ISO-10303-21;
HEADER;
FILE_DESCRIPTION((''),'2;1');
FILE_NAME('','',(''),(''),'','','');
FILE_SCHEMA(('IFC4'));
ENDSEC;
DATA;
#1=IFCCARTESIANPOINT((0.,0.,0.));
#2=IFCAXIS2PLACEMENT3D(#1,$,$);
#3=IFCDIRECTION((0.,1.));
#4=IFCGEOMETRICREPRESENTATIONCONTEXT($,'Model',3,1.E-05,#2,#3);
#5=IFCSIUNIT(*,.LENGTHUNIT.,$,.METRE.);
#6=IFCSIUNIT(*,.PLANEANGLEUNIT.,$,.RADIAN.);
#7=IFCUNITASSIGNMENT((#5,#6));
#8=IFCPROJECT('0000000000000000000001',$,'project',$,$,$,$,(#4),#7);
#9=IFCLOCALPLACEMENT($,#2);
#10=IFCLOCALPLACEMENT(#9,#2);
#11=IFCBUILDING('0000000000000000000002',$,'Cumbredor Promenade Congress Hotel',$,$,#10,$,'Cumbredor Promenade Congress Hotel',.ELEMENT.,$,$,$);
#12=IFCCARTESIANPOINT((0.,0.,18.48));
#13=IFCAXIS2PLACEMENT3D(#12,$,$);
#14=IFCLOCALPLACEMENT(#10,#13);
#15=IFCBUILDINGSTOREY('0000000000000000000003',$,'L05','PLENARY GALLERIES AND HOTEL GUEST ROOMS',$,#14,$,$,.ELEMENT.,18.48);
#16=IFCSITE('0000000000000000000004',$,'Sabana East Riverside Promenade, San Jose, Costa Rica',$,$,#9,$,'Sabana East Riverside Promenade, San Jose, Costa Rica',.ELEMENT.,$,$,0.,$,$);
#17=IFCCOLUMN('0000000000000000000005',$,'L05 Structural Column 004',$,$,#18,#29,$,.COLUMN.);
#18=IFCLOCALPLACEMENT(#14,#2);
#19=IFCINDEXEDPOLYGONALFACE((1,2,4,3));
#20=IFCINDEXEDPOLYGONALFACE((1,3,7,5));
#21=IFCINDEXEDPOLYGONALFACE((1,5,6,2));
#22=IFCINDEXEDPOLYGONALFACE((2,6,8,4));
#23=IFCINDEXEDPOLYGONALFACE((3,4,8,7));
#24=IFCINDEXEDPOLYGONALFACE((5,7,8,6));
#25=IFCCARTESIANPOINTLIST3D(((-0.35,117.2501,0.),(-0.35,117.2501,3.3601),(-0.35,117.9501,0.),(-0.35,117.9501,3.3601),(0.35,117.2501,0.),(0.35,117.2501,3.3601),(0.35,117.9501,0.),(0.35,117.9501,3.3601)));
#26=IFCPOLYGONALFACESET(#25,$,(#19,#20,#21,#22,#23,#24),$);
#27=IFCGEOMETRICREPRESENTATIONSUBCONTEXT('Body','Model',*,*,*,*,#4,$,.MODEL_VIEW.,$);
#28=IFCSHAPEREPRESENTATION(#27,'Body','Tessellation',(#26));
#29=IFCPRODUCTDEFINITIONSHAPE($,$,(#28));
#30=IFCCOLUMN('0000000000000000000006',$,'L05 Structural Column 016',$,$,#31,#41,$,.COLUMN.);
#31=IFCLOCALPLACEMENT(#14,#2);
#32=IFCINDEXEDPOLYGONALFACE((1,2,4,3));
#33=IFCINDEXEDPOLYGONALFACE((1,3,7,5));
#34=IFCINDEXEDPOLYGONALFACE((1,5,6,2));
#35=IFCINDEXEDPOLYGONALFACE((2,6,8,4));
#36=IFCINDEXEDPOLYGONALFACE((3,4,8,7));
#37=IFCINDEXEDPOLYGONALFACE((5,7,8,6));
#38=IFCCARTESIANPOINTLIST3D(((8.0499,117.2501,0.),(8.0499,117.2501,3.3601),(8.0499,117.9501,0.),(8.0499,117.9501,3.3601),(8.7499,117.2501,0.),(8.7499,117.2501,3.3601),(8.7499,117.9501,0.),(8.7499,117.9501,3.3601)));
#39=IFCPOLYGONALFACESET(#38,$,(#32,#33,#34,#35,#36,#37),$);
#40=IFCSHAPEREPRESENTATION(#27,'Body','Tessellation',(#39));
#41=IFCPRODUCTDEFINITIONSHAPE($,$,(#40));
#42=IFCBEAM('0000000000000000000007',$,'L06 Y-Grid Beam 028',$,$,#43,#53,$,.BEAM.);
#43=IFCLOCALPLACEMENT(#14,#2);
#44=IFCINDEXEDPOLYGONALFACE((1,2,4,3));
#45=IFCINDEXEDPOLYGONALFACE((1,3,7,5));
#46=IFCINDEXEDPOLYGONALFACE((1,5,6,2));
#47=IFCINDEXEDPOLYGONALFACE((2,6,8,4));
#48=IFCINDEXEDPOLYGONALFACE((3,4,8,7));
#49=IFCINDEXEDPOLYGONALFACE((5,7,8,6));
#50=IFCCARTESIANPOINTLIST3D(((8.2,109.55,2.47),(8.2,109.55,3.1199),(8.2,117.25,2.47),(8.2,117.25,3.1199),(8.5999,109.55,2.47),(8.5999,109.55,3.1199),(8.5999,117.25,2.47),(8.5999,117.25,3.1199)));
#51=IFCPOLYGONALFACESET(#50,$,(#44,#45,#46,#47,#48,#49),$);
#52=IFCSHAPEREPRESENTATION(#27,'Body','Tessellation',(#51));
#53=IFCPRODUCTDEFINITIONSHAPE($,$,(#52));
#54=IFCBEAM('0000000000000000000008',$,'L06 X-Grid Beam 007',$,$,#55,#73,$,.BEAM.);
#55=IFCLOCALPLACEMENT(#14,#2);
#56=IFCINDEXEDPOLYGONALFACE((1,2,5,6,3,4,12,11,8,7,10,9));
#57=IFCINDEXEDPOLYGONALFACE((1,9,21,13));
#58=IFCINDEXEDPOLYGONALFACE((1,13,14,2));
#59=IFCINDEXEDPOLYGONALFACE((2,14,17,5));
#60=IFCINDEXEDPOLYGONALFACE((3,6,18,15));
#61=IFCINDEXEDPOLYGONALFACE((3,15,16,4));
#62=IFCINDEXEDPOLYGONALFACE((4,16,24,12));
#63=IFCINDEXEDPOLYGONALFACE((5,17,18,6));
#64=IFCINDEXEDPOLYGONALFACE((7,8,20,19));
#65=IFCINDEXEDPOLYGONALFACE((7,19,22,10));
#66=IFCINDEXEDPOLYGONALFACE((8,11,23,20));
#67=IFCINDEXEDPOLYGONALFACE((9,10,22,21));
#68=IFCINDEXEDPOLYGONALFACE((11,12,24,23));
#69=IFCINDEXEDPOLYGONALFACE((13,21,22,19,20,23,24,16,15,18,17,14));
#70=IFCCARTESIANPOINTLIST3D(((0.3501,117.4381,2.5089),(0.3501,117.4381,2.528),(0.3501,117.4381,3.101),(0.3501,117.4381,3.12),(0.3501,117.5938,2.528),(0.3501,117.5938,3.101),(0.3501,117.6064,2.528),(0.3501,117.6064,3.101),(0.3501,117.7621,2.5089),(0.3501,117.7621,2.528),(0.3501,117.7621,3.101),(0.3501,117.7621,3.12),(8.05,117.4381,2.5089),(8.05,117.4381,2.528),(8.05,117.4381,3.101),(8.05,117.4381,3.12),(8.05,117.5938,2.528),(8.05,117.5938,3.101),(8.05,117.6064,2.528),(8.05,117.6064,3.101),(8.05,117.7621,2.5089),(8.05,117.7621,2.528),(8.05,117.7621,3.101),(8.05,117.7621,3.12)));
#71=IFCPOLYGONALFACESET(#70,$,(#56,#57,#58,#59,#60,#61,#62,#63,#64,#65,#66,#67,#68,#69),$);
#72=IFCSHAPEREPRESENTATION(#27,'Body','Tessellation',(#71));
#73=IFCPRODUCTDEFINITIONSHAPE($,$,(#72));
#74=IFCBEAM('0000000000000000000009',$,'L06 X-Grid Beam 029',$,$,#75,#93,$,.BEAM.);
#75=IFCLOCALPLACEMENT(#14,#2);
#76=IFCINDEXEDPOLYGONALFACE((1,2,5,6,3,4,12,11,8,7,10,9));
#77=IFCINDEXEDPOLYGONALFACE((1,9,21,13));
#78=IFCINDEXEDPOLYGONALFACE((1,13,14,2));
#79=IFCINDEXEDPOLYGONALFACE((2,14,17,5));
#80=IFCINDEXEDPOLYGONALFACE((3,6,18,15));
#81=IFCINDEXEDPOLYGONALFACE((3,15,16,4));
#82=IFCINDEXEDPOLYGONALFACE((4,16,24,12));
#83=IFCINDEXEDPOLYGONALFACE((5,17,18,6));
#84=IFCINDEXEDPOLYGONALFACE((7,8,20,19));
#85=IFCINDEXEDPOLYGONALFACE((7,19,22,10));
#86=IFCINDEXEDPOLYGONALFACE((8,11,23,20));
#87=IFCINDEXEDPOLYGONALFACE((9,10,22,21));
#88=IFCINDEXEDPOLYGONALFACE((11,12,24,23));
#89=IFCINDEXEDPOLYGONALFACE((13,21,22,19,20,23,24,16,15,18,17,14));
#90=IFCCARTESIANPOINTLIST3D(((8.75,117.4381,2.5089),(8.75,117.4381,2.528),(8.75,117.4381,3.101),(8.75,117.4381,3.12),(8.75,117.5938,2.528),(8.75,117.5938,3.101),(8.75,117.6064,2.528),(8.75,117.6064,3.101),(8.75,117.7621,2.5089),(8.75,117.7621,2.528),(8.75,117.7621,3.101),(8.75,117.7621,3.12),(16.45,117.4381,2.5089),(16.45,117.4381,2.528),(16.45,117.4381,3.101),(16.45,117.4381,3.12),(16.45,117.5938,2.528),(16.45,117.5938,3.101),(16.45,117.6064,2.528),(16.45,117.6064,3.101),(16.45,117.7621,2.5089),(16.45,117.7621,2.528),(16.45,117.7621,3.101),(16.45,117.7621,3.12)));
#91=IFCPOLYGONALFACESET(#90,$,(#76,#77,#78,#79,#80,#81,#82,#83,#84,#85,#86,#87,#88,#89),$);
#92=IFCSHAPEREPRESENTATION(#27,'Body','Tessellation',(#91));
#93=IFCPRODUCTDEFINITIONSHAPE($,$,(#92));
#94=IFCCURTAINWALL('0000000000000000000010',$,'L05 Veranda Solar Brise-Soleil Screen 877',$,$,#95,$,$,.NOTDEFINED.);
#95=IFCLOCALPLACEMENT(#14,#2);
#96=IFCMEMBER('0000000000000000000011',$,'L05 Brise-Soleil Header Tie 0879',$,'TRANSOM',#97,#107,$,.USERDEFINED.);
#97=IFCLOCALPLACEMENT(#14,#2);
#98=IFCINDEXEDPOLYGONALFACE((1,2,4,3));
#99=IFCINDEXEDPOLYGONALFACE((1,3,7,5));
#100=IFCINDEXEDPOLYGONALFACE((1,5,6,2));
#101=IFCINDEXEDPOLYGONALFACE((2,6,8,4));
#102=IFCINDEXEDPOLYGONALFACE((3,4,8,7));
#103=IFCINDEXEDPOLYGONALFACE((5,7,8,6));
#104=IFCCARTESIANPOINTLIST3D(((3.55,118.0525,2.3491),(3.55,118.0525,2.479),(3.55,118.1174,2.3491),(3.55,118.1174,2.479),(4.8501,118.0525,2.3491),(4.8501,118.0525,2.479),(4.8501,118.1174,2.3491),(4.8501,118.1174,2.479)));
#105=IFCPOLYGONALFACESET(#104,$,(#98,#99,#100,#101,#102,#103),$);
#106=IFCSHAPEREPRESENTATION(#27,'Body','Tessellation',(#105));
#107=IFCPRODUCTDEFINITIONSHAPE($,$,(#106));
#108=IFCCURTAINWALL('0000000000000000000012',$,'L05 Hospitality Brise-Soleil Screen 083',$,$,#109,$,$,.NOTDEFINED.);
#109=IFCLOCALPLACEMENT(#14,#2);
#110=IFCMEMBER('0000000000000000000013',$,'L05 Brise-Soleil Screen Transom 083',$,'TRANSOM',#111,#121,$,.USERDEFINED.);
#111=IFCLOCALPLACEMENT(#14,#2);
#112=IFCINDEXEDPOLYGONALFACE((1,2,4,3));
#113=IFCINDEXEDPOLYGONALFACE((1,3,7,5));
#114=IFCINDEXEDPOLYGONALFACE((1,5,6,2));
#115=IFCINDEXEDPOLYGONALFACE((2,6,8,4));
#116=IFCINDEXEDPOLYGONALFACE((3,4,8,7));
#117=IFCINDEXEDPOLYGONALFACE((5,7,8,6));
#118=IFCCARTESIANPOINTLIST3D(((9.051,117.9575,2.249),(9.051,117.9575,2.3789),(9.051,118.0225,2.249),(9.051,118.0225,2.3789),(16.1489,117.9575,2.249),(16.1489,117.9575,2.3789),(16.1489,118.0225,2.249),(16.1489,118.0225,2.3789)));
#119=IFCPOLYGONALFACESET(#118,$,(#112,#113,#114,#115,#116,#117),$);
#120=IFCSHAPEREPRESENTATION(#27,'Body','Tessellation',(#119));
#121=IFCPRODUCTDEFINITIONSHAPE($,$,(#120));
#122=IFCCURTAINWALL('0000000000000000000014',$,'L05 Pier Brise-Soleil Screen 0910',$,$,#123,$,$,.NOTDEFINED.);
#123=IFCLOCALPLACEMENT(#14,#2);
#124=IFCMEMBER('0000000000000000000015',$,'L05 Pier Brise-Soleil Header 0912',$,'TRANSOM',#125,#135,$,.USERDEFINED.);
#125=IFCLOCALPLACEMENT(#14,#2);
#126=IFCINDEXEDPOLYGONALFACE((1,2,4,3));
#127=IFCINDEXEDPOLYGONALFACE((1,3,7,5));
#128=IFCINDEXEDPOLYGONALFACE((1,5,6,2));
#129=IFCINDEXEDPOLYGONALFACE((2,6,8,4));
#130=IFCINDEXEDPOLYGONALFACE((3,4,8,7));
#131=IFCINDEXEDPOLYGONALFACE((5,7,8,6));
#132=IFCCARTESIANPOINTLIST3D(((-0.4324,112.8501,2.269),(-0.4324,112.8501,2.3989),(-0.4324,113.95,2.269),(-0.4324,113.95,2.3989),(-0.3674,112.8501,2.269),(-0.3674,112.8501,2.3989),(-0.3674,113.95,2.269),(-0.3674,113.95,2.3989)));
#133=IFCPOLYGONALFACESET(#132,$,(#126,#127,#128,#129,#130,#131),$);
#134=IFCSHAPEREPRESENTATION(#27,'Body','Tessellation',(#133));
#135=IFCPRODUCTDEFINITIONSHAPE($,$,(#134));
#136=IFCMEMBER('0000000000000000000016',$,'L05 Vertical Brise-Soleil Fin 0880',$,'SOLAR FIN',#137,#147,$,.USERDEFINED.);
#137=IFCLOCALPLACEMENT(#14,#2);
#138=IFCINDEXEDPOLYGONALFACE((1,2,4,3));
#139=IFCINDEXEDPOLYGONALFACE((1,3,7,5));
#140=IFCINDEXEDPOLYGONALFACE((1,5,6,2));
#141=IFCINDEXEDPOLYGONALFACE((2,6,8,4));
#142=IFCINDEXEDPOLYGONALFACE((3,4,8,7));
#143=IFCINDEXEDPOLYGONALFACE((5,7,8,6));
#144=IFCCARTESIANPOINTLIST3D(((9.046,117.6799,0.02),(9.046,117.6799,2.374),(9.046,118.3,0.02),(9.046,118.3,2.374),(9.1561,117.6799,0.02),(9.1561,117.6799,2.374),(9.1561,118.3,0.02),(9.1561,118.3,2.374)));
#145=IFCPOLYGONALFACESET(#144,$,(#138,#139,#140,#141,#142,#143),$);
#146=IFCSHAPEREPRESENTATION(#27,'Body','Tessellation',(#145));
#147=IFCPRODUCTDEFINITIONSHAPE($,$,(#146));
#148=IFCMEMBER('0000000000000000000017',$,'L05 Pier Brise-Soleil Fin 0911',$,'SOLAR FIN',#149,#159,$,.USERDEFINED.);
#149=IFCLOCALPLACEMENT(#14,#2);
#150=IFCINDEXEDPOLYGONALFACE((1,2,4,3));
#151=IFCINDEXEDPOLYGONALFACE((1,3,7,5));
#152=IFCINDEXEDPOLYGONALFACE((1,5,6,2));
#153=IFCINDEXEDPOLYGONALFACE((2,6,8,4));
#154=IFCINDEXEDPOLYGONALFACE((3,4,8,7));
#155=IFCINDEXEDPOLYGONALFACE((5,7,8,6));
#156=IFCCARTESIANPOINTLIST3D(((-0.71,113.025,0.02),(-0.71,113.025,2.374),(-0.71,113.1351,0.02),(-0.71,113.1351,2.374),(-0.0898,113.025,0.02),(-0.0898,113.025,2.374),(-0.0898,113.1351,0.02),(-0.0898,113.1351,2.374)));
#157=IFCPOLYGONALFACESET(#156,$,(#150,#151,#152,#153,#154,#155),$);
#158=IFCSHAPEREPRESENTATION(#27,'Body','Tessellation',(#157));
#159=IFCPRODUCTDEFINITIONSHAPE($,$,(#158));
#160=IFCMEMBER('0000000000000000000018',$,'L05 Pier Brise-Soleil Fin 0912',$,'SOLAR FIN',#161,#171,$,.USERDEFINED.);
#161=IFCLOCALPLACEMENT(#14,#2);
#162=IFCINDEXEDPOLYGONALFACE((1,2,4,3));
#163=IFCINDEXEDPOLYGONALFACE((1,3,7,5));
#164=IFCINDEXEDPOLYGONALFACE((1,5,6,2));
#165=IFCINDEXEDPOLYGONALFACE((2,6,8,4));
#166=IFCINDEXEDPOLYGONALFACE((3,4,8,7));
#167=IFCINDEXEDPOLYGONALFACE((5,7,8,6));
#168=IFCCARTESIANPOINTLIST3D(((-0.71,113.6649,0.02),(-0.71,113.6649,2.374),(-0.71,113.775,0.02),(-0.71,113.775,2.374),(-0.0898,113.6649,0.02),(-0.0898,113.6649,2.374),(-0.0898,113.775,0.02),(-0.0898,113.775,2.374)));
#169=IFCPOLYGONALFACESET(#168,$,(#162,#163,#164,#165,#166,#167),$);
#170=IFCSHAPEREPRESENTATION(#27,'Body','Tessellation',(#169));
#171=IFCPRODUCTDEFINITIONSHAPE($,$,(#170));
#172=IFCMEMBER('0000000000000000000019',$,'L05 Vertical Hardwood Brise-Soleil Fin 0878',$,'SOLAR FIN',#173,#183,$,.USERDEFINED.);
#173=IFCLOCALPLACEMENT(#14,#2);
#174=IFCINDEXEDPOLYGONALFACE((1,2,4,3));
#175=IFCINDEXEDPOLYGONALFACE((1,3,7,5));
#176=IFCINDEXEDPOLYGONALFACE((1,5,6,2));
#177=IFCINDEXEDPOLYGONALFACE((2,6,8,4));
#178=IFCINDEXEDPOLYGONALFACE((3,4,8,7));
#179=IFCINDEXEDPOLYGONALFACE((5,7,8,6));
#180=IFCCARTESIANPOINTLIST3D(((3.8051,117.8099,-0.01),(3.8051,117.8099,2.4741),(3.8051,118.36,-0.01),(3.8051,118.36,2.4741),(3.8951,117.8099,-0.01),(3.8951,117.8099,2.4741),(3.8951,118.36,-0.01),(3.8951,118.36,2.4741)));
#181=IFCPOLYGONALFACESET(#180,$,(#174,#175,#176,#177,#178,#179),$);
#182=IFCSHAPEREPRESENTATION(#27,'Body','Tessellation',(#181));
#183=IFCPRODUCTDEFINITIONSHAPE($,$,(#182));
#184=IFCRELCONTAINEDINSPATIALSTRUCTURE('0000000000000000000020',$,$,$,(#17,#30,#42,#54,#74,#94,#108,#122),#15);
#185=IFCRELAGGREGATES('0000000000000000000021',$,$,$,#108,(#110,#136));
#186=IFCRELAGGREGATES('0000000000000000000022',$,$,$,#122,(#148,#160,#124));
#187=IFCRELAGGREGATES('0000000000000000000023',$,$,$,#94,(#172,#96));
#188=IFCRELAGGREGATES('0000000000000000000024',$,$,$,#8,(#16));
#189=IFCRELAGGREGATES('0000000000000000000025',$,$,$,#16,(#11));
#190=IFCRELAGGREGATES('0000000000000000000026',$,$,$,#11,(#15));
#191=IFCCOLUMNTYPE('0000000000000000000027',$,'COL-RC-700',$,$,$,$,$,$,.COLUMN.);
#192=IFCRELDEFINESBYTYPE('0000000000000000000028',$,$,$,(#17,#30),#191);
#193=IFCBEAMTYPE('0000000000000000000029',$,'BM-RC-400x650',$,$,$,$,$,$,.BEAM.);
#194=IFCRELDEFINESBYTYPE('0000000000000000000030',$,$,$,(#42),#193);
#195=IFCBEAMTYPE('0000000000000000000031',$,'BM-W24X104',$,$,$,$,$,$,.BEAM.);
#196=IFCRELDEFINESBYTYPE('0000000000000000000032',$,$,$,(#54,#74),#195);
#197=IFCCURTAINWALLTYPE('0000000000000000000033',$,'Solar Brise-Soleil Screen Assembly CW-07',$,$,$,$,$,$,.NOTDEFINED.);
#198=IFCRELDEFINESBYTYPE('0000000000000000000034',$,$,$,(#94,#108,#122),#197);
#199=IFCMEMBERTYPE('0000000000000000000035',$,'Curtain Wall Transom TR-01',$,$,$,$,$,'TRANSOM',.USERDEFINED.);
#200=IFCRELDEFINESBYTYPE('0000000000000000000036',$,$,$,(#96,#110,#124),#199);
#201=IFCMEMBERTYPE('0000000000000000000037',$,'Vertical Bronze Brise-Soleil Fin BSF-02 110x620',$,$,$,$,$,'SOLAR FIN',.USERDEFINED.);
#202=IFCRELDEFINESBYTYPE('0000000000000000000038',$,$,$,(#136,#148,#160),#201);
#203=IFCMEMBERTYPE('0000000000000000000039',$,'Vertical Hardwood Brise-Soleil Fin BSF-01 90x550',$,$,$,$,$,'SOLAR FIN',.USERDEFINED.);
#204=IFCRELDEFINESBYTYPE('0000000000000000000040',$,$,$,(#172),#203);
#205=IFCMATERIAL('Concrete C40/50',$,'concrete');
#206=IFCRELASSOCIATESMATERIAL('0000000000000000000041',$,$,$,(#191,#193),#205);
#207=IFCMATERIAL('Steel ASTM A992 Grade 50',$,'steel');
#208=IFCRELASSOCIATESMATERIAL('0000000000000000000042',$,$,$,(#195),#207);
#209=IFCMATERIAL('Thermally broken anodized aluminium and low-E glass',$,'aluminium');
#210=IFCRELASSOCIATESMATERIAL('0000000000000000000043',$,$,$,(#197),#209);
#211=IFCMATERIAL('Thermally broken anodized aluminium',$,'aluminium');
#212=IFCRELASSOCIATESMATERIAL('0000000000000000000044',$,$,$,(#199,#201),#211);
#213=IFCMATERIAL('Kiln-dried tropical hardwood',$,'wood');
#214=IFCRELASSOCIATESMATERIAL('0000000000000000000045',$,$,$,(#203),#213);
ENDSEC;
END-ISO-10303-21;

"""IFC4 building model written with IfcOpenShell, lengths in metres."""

from ifc_helpers import new_model, si_unit, direction, frame, origin, origin_2d, place, context, subcontext, project, spatial, rectangle, i_section, extrude, material, material_profile, profile_set, type_object, element, aggregate, save


model = new_model("IFC4")

# Units and contexts
model_context = context("Model", 3, precision=1e-05, world=origin(), true_north=direction((0.0, 1.0)))
body_context = subcontext(model_context, "Body", "Model", "MODEL_VIEW")
ifc_project = project(units=[si_unit("LENGTHUNIT", "METRE"), si_unit("PLANEANGLEUNIT", "RADIAN")], contexts=[model_context])

# Site, building, storey
site_placement = place(None, origin())
site = spatial("IfcSite", under=ifc_project, at=site_placement, Name="Sabana East Riverside Promenade, San Jose, Costa Rica", LongName="Sabana East Riverside Promenade, San Jose, Costa Rica", CompositionType="ELEMENT", RefElevation=0.0)
building_placement = place(site_placement, origin())
building = spatial("IfcBuilding", under=site, at=building_placement, Name="Cumbredor Promenade Congress Hotel", LongName="Cumbredor Promenade Congress Hotel", CompositionType="ELEMENT")
storey_placement = place(building_placement, frame((0.0, 0.0, 18.48)))
storey = spatial("IfcBuildingStorey", under=building, at=storey_placement, Name="L05", Description="PLENARY GALLERIES AND HOTEL GUEST ROOMS", CompositionType="ELEMENT", Elevation=18.48)

# Columns
ifc_material_1 = material(Name="Concrete C40/50", Category="concrete")
ifc_material_profile_1 = material_profile(ifc_material_1, rectangle(XDim=0.7, YDim=0.7, at=origin_2d()), Name="RC 700x700")
ifc_profile_set_1 = profile_set([ifc_material_profile_1], Name="Concrete C40/50")
column_type = type_object("IfcColumnType", Name="COL-RC-700", PredefinedType="COLUMN", material=ifc_profile_set_1)
for number, where, z_axis, x_axis, name in (
    (1, (0.0, 117.6001, 0.0), (0.0, 0.0, 1.0), (1.0, 0.0, 0.0), "L05 Structural Column 004"),
    (2, (8.3999, 117.6001, 0.0), (0.0, 0.0, 1.0), (1.0, 0.0, 0.0), "L05 Structural Column 016"),
):
    element("IfcColumn", number, at=place(storey_placement, frame(where, z_axis=z_axis, x_axis=x_axis)), inside=storey, type_object=column_type, Name=name, PredefinedType="COLUMN", context=body_context, shape_type="SweptSolid", body=[
        extrude(rectangle(XDim=0.7, YDim=0.7, at=origin_2d()), origin(), (0.0, 0.0, 1.0), 3.3601),
    ])

# Beams
ifc_material_profile_2 = material_profile(ifc_material_1, rectangle(XDim=0.3999, YDim=0.6499, at=origin_2d()), Name="RC BEAM 400x650")
ifc_profile_set_2 = profile_set([ifc_material_profile_2], Name="Concrete C40/50")
beam_type_1 = type_object("IfcBeamType", Name="BM-RC-400x650", PredefinedType="BEAM", material=ifc_profile_set_2)
beam_placement = place(storey_placement, frame((8.3999, 109.55, 2.7949), z_axis=(0.0, 1.0, 0.0), x_axis=(-1.0, 0.0, 0.0)))
element("IfcBeam", 3, at=beam_placement, inside=storey, type_object=beam_type_1, Name="L06 Y-Grid Beam 028", PredefinedType="BEAM", context=body_context, shape_type="SweptSolid", body=[
    extrude(rectangle(XDim=0.3999, YDim=0.6499, at=origin_2d()), origin(), (0.0, 0.0, 1.0), 7.7),
])
ifc_material_2 = material(Name="Steel ASTM A992 Grade 50", Category="steel")
ifc_material_profile_3 = material_profile(ifc_material_2, i_section(OverallWidth=0.324, OverallDepth=0.6111, WebThickness=0.0127, FlangeThickness=0.019, at=origin_2d()), Name="W24X104")
ifc_profile_set_3 = profile_set([ifc_material_profile_3], Name="Steel ASTM A992 Grade 50")
beam_type_2 = type_object("IfcBeamType", Name="BM-W24X104", PredefinedType="BEAM", material=ifc_profile_set_3)
for number, where, z_axis, x_axis, name in (
    (4, (0.3501, 117.6001, 2.8145), (1.0, 0.0, 0.0), (0.0, 1.0, 0.0), "L06 X-Grid Beam 007"),
    (5, (8.75, 117.6001, 2.8145), (1.0, 0.0, 0.0), (0.0, 1.0, 0.0), "L06 X-Grid Beam 029"),
):
    element("IfcBeam", number, at=place(storey_placement, frame(where, z_axis=z_axis, x_axis=x_axis)), inside=storey, type_object=beam_type_2, Name=name, PredefinedType="BEAM", context=body_context, shape_type="SweptSolid", body=[
        extrude(i_section(OverallWidth=0.324, OverallDepth=0.6111, WebThickness=0.0127, FlangeThickness=0.019, at=origin_2d()), origin(), (0.0, 0.0, 1.0), 7.7),
    ])

# Curtain walls, members
ifc_material_3 = material(Name="Thermally broken anodized aluminium and low-E glass", Category="aluminium")
curtain_wall_type = type_object("IfcCurtainWallType", Name="Solar Brise-Soleil Screen Assembly CW-07", PredefinedType="NOTDEFINED", material=ifc_material_3)
curtain_wall_1_placement = place(storey_placement, origin())
curtain_wall_1 = element("IfcCurtainWall", 6, at=curtain_wall_1_placement, inside=storey, type_object=curtain_wall_type, Name="L05 Veranda Solar Brise-Soleil Screen 877", PredefinedType="NOTDEFINED")
ifc_material_4 = material(Name="Thermally broken anodized aluminium", Category="aluminium")
ifc_material_profile_4 = material_profile(ifc_material_4, rectangle(XDim=0.0649, YDim=0.1299, at=origin_2d()), Name="ALU TRANSOM 65x130")
ifc_profile_set_4 = profile_set([ifc_material_profile_4], Name="Thermally broken anodized aluminium")
member_type_1 = type_object("IfcMemberType", Name="Curtain Wall Transom TR-01", ElementType="TRANSOM", PredefinedType="USERDEFINED", material=ifc_profile_set_4)
member_1_placement = place(storey_placement, frame((3.55, 118.085, 2.4141), z_axis=(1.0, 0.0, 0.0), x_axis=(0.0, 1.0, 0.0)))
member_1 = element("IfcMember", 7, at=member_1_placement, type_object=member_type_1, Name="L05 Brise-Soleil Header Tie 0879", ObjectType="TRANSOM", PredefinedType="USERDEFINED", context=body_context, shape_type="SweptSolid", body=[
    extrude(rectangle(XDim=0.0649, YDim=0.1299, at=origin_2d()), origin(), (0.0, 0.0, 1.0), 1.3),
])
curtain_wall_2_placement = place(storey_placement, origin())
curtain_wall_2 = element("IfcCurtainWall", 8, at=curtain_wall_2_placement, inside=storey, type_object=curtain_wall_type, Name="L05 Hospitality Brise-Soleil Screen 083", PredefinedType="NOTDEFINED")
member_2_placement = place(storey_placement, frame((9.051, 117.99, 2.314), z_axis=(1.0, 0.0, 0.0), x_axis=(0.0, 1.0, 0.0)))
member_2 = element("IfcMember", 9, at=member_2_placement, type_object=member_type_1, Name="L05 Brise-Soleil Screen Transom 083", ObjectType="TRANSOM", PredefinedType="USERDEFINED", context=body_context, shape_type="SweptSolid", body=[
    extrude(rectangle(XDim=0.0649, YDim=0.1299, at=origin_2d()), origin(), (0.0, 0.0, 1.0), 7.0979),
])
curtain_wall_3_placement = place(storey_placement, origin())
curtain_wall_3 = element("IfcCurtainWall", 10, at=curtain_wall_3_placement, inside=storey, type_object=curtain_wall_type, Name="L05 Pier Brise-Soleil Screen 0910", PredefinedType="NOTDEFINED")
member_3_placement = place(storey_placement, frame((-0.3999, 112.8501, 2.334), z_axis=(0.0, 1.0, 0.0), x_axis=(-1.0, 0.0, 0.0)))
member_3 = element("IfcMember", 11, at=member_3_placement, type_object=member_type_1, Name="L05 Pier Brise-Soleil Header 0912", ObjectType="TRANSOM", PredefinedType="USERDEFINED", context=body_context, shape_type="SweptSolid", body=[
    extrude(rectangle(XDim=0.0649, YDim=0.1299, at=origin_2d()), origin(), (0.0, 0.0, 1.0), 1.0999),
])

# Members
ifc_material_profile_5 = material_profile(ifc_material_4, rectangle(XDim=0.1101, YDim=0.6201, at=origin_2d()), Name="ARCH FIN 110x620")
ifc_profile_set_5 = profile_set([ifc_material_profile_5], Name="Thermally broken anodized aluminium")
member_type_2 = type_object("IfcMemberType", Name="Vertical Bronze Brise-Soleil Fin BSF-02 110x620", ElementType="SOLAR FIN", PredefinedType="USERDEFINED", material=ifc_profile_set_5)
member_4_placement = place(storey_placement, frame((9.1011, 117.99, 0.02), z_axis=(0.0, 0.0, 1.0), x_axis=(1.0, 0.0, 0.0)))
member_4 = element("IfcMember", 12, at=member_4_placement, type_object=member_type_2, Name="L05 Vertical Brise-Soleil Fin 0880", ObjectType="SOLAR FIN", PredefinedType="USERDEFINED", context=body_context, shape_type="SweptSolid", body=[
    extrude(rectangle(XDim=0.1101, YDim=0.6201, at=origin_2d()), origin(), (0.0, 0.0, 1.0), 2.354),
])
aggregate(curtain_wall_2, [member_2, member_4])
member_5_placement = place(storey_placement, frame((-0.3999, 113.0801, 0.02), z_axis=(0.0, 0.0, 1.0), x_axis=(0.0, 1.0, 0.0)))
member_5 = element("IfcMember", 13, at=member_5_placement, type_object=member_type_2, Name="L05 Pier Brise-Soleil Fin 0911", ObjectType="SOLAR FIN", PredefinedType="USERDEFINED", context=body_context, shape_type="SweptSolid", body=[
    extrude(rectangle(XDim=0.1101, YDim=0.6201, at=origin_2d()), origin(), (0.0, 0.0, 1.0), 2.354),
])
member_6_placement = place(storey_placement, frame((-0.3999, 113.72, 0.02), z_axis=(0.0, 0.0, 1.0), x_axis=(0.0, 1.0, 0.0)))
member_6 = element("IfcMember", 14, at=member_6_placement, type_object=member_type_2, Name="L05 Pier Brise-Soleil Fin 0912", ObjectType="SOLAR FIN", PredefinedType="USERDEFINED", context=body_context, shape_type="SweptSolid", body=[
    extrude(rectangle(XDim=0.1101, YDim=0.6201, at=origin_2d()), origin(), (0.0, 0.0, 1.0), 2.354),
])
aggregate(curtain_wall_3, [member_5, member_6, member_3])
ifc_material_5 = material(Name="Kiln-dried tropical hardwood", Category="wood")
ifc_material_profile_6 = material_profile(ifc_material_5, rectangle(XDim=0.0901, YDim=0.55, at=origin_2d()), Name="ARCH FIN 90x550")
ifc_profile_set_6 = profile_set([ifc_material_profile_6], Name="Kiln-dried tropical hardwood")
member_type_3 = type_object("IfcMemberType", Name="Vertical Hardwood Brise-Soleil Fin BSF-01 90x550", ElementType="SOLAR FIN", PredefinedType="USERDEFINED", material=ifc_profile_set_6)
member_7_placement = place(storey_placement, frame((3.8501, 118.085, -0.01), z_axis=(0.0, 0.0, 1.0), x_axis=(1.0, 0.0, 0.0)))
member_7 = element("IfcMember", 15, at=member_7_placement, type_object=member_type_3, Name="L05 Vertical Hardwood Brise-Soleil Fin 0878", ObjectType="SOLAR FIN", PredefinedType="USERDEFINED", context=body_context, shape_type="SweptSolid", body=[
    extrude(rectangle(XDim=0.0901, YDim=0.55, at=origin_2d()), origin(), (0.0, 0.0, 1.0), 2.4841),
])
aggregate(curtain_wall_1, [member_7, member_1])

save(model, "model.ifc")
